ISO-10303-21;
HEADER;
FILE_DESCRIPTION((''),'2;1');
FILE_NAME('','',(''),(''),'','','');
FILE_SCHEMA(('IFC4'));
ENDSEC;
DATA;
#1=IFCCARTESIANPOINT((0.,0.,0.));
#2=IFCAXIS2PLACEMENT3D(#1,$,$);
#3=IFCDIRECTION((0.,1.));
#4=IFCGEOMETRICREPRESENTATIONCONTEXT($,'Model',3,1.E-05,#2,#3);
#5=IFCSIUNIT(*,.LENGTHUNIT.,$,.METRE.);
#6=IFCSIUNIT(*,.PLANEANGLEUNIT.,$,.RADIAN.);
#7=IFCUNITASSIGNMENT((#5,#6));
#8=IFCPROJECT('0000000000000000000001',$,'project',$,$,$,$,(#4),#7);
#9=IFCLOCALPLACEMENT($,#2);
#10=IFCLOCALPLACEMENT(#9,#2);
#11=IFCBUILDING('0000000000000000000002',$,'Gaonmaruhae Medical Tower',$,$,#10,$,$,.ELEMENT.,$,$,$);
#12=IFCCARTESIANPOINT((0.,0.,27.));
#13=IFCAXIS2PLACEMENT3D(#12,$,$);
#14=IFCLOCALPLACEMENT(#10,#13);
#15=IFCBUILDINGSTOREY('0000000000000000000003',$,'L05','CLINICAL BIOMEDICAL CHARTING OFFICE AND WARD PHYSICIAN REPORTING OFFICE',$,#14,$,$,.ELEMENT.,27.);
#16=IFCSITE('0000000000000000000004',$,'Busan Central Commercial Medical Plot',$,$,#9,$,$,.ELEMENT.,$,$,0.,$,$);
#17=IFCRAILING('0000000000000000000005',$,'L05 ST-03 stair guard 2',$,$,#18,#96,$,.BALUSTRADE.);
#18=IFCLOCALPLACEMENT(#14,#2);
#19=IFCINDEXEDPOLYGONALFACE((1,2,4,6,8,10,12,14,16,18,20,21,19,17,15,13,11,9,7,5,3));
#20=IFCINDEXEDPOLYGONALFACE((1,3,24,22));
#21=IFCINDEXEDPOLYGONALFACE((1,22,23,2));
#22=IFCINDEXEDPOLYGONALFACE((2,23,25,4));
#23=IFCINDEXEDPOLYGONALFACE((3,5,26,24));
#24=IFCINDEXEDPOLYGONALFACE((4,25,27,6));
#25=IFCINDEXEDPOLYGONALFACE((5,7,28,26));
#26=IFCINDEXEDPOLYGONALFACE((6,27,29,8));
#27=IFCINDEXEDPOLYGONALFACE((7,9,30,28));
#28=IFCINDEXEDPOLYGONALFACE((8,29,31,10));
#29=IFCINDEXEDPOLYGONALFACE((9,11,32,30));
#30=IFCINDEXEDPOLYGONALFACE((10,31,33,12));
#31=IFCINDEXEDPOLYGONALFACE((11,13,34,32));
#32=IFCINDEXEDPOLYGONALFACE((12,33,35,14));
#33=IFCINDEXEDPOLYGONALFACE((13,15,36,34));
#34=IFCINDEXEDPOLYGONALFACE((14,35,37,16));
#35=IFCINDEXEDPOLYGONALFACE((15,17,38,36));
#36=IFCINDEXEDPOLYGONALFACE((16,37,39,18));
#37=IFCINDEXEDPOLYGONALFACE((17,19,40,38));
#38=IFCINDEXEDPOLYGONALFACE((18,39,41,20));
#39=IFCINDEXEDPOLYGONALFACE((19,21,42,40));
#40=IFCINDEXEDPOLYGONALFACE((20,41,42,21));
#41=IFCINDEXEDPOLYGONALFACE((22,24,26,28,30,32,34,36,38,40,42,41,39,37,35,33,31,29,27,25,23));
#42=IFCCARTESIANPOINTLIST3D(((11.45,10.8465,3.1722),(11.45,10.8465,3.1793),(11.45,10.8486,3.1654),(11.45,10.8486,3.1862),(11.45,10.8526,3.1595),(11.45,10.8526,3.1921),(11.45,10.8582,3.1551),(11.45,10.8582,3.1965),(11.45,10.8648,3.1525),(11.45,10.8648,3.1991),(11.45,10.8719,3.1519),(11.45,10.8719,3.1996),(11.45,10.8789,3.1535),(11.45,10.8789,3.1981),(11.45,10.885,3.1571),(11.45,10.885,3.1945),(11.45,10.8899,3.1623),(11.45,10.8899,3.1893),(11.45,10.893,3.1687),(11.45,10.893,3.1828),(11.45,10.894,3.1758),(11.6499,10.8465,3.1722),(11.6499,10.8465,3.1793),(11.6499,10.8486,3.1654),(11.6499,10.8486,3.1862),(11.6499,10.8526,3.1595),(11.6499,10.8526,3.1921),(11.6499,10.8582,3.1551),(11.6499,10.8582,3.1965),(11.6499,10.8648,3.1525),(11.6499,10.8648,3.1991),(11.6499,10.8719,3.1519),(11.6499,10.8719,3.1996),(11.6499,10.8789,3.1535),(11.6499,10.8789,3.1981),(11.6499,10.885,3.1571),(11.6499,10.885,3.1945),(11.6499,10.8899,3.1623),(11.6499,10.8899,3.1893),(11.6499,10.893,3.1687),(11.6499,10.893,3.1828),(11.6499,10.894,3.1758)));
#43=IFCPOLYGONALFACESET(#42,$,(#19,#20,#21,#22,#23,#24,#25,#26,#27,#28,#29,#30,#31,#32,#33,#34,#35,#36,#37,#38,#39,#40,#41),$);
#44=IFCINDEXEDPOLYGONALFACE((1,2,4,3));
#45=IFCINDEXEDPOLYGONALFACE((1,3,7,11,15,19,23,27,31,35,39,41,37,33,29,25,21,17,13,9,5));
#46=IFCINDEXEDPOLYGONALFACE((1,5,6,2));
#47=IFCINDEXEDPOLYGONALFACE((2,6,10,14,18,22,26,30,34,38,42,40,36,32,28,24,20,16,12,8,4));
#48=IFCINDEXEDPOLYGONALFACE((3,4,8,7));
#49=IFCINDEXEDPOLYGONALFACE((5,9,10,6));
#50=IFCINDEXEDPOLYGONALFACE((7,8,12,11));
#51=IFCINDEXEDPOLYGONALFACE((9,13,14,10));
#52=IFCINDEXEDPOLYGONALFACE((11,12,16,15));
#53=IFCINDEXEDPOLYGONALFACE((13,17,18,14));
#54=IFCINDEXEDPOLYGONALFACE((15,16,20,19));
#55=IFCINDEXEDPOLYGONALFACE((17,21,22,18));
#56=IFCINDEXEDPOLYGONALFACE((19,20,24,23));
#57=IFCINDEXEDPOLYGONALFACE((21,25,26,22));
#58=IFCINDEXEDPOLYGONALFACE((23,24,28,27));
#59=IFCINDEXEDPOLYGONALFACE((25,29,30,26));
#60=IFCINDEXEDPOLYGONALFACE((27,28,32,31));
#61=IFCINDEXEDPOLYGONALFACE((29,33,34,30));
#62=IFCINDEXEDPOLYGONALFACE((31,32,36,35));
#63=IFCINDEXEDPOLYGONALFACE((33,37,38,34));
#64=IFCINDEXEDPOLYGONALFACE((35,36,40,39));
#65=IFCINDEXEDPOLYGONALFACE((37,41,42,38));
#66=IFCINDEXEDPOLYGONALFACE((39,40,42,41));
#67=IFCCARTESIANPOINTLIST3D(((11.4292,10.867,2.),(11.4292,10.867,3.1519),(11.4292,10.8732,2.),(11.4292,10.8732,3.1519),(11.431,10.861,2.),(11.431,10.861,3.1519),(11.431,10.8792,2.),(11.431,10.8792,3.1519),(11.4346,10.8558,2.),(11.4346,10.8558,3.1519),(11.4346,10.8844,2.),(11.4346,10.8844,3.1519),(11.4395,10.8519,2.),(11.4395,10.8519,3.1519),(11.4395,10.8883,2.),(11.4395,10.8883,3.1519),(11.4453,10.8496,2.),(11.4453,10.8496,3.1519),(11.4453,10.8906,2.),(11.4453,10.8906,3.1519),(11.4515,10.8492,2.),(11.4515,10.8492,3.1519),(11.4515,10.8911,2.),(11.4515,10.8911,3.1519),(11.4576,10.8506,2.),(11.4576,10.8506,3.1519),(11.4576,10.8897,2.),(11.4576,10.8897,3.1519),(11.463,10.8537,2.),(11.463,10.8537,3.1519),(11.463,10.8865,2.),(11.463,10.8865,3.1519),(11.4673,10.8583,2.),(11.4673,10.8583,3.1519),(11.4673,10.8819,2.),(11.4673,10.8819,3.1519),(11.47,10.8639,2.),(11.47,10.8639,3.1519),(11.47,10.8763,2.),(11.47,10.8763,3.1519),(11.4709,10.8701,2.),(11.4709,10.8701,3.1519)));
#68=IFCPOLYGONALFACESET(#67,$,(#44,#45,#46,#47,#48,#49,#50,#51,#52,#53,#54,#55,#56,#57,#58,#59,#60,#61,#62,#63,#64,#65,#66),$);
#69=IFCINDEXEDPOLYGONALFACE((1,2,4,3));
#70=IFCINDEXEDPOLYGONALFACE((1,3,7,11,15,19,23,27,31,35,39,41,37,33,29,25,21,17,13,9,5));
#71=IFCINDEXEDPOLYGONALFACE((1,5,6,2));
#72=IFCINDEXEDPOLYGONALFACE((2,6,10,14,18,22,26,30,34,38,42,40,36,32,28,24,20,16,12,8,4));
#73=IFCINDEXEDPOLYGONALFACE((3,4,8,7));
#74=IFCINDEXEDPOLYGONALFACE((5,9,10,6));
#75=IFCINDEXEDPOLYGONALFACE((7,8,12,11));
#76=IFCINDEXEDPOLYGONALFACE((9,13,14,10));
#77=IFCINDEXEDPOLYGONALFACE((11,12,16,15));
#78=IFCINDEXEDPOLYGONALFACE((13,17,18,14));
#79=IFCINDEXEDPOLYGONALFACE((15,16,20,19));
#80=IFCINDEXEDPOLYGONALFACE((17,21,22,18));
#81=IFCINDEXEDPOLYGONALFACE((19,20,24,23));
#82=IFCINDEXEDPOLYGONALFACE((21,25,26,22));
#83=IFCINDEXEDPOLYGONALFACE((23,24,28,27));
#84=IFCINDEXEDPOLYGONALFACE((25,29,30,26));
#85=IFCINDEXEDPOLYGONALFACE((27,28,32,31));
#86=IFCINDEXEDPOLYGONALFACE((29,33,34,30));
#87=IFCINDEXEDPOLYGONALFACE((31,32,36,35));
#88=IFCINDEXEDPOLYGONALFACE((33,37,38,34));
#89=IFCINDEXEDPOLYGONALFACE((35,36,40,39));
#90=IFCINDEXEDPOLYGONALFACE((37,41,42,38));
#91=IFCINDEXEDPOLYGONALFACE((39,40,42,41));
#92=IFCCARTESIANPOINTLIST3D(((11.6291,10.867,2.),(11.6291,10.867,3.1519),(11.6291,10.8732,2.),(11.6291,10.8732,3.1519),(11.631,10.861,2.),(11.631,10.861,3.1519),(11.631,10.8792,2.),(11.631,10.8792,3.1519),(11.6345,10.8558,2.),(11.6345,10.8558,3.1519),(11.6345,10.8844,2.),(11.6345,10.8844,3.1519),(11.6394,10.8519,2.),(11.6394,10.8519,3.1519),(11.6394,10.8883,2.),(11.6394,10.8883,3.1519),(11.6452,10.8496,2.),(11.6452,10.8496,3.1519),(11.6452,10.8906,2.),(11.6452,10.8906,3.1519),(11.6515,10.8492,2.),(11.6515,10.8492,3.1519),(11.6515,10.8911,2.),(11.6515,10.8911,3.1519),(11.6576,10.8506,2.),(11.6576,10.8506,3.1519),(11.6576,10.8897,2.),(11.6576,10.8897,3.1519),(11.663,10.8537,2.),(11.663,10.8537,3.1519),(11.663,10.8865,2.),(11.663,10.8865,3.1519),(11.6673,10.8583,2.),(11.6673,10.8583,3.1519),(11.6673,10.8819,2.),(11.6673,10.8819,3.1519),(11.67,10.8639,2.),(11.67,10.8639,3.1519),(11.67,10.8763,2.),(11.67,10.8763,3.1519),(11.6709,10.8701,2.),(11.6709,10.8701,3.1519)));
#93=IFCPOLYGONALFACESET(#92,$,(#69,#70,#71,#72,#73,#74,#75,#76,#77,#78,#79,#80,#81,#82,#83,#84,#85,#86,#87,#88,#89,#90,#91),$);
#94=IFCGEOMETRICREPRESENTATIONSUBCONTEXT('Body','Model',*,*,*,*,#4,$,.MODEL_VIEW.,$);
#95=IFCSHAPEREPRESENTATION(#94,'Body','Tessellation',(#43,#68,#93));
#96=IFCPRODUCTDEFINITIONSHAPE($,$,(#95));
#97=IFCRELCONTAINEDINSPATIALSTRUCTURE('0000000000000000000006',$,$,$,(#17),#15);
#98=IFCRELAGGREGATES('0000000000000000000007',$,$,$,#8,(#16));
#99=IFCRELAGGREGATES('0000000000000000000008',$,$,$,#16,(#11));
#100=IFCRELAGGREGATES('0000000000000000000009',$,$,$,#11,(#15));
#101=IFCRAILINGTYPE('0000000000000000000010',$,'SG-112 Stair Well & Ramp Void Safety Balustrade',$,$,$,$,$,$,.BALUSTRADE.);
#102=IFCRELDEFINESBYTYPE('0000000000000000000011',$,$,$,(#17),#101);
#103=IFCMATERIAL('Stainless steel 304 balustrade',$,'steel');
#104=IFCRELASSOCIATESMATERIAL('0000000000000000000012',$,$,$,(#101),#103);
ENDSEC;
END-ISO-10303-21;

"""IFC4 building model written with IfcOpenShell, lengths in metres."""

from ifc_helpers import new_model, si_unit, direction, frame, origin, origin_2d, place, context, subcontext, project, spatial, circle, extrude, material, type_object, element, save


model = new_model("IFC4")

# Units and contexts
model_context = context("Model", 3, precision=1e-05, world=origin(), true_north=direction((0.0, 1.0)))
body_context = subcontext(model_context, "Body", "Model", "MODEL_VIEW")
ifc_project = project(units=[si_unit("LENGTHUNIT", "METRE"), si_unit("PLANEANGLEUNIT", "RADIAN")], contexts=[model_context])

# Site, building, storey
site_placement = place(None, origin())
site = spatial("IfcSite", under=ifc_project, at=site_placement, Name="Busan Central Commercial Medical Plot", CompositionType="ELEMENT", RefElevation=0.0)
building_placement = place(site_placement, origin())
building = spatial("IfcBuilding", under=site, at=building_placement, Name="Gaonmaruhae Medical Tower", CompositionType="ELEMENT")
storey_placement = place(building_placement, frame((0.0, 0.0, 27.0)))
storey = spatial("IfcBuildingStorey", under=building, at=storey_placement, Name="L05", Description="CLINICAL BIOMEDICAL CHARTING OFFICE AND WARD PHYSICIAN REPORTING OFFICE", CompositionType="ELEMENT", Elevation=27.0)

# Railing
ifc_material_1 = material(Name="Stainless steel 304 balustrade", Category="steel")
railing_type_1 = type_object("IfcRailingType", Name="SG-112 Stair Well & Ramp Void Safety Balustrade", PredefinedType="BALUSTRADE", material=ifc_material_1)
railing_1_placement = place(storey_placement, frame((11.45, 10.8701, 2.0)))
element("IfcRailing", 1, at=railing_1_placement, inside=storey, type_object=railing_type_1, Name="L05 ST-03 stair guard 2", PredefinedType="BALUSTRADE", context=body_context, shape_type="SweptSolid", body=[
    extrude(circle(Radius=0.0239, at=origin_2d()), frame((0.0, 0.0, 1.1758), z_axis=(1.0, 0.0, 0.0), x_axis=(0.0, 1.0, 0.0)), (0.0, 0.0, 1.0), 0.2),
    extrude(circle(Radius=0.021, at=origin_2d()), origin(), (0.0, 0.0, 1.0), 1.1519),
    extrude(circle(Radius=0.021, at=origin_2d()), frame((0.2, 0.0, 0.0)), (0.0, 0.0, 1.0), 1.1519),
])

save(model, "model.ifc")
